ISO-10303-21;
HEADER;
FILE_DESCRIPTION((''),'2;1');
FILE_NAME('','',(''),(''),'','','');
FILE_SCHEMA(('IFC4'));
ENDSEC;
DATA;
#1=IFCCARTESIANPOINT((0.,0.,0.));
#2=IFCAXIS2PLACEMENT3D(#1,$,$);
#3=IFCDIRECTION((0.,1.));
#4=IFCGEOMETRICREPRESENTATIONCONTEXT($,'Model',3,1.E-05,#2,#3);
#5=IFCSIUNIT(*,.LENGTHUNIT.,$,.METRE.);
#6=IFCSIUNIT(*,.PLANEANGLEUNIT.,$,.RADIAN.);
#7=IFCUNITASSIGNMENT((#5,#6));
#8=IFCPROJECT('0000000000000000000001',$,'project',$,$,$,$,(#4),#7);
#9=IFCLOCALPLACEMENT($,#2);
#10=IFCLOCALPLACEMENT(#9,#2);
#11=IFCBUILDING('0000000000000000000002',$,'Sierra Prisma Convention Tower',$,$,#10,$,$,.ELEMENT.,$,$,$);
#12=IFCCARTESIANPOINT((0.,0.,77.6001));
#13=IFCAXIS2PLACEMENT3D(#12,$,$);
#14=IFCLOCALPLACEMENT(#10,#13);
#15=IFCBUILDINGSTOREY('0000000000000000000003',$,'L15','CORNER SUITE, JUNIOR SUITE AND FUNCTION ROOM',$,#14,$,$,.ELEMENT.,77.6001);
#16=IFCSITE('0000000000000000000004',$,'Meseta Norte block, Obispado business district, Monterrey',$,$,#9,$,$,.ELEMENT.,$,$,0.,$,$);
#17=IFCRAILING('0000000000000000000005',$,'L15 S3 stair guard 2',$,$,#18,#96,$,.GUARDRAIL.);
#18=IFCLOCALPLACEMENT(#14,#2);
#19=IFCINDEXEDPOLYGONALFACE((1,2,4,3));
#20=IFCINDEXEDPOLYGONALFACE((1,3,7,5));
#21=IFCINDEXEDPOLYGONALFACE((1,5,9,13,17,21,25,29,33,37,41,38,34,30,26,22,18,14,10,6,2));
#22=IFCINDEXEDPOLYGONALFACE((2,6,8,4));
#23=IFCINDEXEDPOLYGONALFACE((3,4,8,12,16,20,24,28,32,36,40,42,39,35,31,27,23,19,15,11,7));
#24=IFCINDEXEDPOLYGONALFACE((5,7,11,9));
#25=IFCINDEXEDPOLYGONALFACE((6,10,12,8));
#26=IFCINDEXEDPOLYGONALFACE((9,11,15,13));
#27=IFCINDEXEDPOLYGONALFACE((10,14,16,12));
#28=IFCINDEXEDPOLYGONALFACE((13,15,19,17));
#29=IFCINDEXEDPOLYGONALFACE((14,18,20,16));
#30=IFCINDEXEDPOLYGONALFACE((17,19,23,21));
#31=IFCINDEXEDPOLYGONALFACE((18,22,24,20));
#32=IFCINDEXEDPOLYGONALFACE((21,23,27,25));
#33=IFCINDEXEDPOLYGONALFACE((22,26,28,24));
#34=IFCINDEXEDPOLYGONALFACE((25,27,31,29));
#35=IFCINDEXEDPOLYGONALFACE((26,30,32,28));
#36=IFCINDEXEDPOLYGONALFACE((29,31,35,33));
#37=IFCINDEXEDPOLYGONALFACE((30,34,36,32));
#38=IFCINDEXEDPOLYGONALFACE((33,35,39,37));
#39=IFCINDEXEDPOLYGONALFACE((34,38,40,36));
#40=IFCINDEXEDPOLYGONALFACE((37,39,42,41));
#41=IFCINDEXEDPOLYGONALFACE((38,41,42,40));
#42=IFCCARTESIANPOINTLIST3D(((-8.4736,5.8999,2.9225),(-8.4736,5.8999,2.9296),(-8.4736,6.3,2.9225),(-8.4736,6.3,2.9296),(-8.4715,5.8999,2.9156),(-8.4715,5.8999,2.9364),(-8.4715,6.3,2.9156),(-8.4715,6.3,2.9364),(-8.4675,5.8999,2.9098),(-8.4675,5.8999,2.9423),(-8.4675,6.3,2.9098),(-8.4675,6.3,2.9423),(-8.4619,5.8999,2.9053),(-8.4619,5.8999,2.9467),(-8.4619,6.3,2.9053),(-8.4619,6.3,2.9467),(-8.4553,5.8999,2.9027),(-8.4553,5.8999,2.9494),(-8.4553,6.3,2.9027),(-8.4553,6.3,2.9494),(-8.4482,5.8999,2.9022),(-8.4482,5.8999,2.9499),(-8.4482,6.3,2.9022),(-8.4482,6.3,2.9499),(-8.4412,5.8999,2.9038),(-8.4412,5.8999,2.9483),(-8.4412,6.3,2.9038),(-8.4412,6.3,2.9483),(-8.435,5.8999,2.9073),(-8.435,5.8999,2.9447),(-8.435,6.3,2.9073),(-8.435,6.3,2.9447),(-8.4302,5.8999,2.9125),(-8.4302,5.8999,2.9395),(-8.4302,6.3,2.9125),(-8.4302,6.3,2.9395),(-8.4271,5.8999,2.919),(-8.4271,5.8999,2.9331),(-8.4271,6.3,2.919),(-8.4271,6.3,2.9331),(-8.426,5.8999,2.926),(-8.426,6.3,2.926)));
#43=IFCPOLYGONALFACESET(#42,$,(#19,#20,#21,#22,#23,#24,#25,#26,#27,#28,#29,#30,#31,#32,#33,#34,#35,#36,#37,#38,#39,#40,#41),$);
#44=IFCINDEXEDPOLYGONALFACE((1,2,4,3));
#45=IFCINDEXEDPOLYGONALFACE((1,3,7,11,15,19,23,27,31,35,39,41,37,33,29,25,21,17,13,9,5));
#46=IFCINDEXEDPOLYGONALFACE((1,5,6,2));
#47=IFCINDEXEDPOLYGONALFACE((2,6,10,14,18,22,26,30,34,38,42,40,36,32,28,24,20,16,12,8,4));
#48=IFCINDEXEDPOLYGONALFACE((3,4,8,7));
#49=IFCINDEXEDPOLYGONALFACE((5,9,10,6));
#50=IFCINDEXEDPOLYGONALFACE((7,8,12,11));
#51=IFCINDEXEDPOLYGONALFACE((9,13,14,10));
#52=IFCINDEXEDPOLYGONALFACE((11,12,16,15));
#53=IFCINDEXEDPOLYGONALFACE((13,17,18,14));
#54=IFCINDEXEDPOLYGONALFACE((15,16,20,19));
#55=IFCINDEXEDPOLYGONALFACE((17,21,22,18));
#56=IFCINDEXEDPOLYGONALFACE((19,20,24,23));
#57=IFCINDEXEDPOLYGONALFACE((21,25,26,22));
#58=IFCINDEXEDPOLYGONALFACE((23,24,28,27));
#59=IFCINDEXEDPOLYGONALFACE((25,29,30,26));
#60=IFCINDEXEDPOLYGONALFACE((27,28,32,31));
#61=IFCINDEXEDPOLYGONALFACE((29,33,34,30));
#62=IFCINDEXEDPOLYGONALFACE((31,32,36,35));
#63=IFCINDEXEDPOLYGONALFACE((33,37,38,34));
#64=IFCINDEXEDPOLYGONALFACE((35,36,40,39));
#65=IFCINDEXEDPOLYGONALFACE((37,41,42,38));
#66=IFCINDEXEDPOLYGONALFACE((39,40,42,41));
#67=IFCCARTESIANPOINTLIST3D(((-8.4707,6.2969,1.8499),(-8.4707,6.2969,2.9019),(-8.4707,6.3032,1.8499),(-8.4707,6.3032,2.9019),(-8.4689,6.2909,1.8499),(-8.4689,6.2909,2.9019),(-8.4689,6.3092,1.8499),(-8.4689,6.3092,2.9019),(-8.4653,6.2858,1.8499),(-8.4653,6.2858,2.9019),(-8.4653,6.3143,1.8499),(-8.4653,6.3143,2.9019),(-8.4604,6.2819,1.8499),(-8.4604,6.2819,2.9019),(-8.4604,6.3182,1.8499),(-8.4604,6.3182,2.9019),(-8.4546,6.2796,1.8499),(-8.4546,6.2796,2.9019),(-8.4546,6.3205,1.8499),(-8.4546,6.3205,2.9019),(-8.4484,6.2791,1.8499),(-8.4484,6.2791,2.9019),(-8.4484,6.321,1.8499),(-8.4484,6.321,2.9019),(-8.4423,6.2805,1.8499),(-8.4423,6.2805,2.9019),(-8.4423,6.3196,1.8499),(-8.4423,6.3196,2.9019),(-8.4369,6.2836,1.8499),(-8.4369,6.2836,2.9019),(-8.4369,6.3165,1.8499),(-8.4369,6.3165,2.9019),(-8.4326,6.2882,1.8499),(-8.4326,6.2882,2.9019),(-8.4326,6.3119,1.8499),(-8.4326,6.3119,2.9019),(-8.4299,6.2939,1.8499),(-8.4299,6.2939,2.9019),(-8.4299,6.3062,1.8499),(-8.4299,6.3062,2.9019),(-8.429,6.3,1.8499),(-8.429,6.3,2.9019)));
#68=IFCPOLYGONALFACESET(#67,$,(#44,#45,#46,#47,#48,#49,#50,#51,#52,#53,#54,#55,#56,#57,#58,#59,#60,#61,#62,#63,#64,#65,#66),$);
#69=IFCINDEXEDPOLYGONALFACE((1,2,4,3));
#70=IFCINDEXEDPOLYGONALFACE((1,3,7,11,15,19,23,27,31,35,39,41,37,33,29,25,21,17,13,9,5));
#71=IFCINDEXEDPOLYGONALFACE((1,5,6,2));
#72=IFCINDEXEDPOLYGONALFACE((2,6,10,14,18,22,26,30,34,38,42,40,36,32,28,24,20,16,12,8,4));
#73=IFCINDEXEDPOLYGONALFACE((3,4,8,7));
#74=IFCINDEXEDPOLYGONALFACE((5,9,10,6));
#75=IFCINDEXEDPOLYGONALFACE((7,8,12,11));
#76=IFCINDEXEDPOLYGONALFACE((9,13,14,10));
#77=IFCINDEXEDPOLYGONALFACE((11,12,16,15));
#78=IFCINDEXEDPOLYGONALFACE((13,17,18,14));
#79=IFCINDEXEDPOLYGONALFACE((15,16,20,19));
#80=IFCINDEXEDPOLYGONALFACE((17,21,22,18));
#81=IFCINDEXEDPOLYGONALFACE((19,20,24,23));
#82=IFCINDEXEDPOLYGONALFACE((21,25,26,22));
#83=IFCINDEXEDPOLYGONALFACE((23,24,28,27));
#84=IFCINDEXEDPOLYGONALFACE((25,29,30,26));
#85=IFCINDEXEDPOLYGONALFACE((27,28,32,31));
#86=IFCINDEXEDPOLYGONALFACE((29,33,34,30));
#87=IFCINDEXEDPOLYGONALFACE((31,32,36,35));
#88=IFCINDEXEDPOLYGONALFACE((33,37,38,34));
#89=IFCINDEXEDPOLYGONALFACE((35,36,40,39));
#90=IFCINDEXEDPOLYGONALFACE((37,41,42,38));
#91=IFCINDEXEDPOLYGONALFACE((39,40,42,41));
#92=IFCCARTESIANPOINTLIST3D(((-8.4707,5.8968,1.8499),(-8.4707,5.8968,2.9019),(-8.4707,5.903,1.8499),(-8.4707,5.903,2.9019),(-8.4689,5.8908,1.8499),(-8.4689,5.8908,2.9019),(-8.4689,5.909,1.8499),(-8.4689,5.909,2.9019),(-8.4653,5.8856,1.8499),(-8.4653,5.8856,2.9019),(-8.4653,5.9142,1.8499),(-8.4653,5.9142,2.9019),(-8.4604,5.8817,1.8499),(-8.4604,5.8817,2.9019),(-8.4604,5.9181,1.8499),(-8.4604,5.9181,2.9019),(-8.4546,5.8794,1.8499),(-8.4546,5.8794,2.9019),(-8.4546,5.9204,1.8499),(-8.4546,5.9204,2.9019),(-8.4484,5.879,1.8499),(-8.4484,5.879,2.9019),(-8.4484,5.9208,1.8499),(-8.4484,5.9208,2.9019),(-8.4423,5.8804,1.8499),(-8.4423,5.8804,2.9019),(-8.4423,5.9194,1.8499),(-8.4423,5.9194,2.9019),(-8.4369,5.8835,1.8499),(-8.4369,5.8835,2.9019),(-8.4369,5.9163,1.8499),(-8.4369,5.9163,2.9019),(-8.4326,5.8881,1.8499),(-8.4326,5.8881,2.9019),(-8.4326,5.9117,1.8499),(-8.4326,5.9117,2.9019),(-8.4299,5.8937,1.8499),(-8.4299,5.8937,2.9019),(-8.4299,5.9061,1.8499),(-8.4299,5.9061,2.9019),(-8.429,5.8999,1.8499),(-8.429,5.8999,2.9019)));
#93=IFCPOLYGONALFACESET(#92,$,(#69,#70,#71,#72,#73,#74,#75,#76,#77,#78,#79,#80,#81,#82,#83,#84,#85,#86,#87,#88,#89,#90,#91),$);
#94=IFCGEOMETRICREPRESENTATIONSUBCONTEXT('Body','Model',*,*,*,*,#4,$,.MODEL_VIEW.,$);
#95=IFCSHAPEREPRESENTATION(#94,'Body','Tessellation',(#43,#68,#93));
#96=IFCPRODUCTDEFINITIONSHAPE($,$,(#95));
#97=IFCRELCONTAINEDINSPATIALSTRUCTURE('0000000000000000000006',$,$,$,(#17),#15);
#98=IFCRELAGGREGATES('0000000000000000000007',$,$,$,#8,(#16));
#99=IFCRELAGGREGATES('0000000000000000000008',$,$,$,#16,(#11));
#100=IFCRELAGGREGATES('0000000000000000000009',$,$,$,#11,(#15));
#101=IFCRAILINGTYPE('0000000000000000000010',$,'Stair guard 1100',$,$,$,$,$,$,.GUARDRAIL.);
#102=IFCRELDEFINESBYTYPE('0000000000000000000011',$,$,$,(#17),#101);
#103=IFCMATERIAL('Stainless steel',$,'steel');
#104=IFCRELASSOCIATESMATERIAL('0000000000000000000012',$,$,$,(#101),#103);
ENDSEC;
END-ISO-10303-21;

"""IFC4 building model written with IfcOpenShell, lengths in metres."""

from ifc_helpers import new_model, si_unit, direction, frame, origin, origin_2d, place, context, subcontext, project, spatial, circle, extrude, material, type_object, element, save


model = new_model("IFC4")

# Units and contexts
model_context = context("Model", 3, precision=1e-05, world=origin(), true_north=direction((0.0, 1.0)))
body_context = subcontext(model_context, "Body", "Model", "MODEL_VIEW")
ifc_project = project(units=[si_unit("LENGTHUNIT", "METRE"), si_unit("PLANEANGLEUNIT", "RADIAN")], contexts=[model_context])

# Site, building, storey
site_placement = place(None, origin())
site = spatial("IfcSite", under=ifc_project, at=site_placement, Name="Meseta Norte block, Obispado business district, Monterrey", CompositionType="ELEMENT", RefElevation=0.0)
building_placement = place(site_placement, origin())
building = spatial("IfcBuilding", under=site, at=building_placement, Name="Sierra Prisma Convention Tower", CompositionType="ELEMENT")
storey_placement = place(building_placement, frame((0.0, 0.0, 77.6001)))
storey = spatial("IfcBuildingStorey", under=building, at=storey_placement, Name="L15", Description="CORNER SUITE, JUNIOR SUITE AND FUNCTION ROOM", CompositionType="ELEMENT", Elevation=77.6001)

# Railing
ifc_material_1 = material(Name="Stainless steel", Category="steel")
railing_type_1 = type_object("IfcRailingType", Name="Stair guard 1100", PredefinedType="GUARDRAIL", material=ifc_material_1)
railing_1_placement = place(storey_placement, frame((-8.45, 6.3, 1.8499)))
element("IfcRailing", 1, at=railing_1_placement, inside=storey, type_object=railing_type_1, Name="L15 S3 stair guard 2", PredefinedType="GUARDRAIL", context=body_context, shape_type="SweptSolid", body=[
    extrude(circle(Radius=0.0239, at=origin_2d()), frame((0.0, 0.0, 1.0762), z_axis=(0.0, -1.0, 0.0), x_axis=(1.0, 0.0, 0.0)), (0.0, 0.0, 1.0), 0.4001),
    extrude(circle(Radius=0.021, at=origin_2d()), origin(), (0.0, 0.0, 1.0), 1.052),
    extrude(circle(Radius=0.021, at=origin_2d()), frame((0.0, -0.4001, 0.0)), (0.0, 0.0, 1.0), 1.052),
])

save(model, "model.ifc")
